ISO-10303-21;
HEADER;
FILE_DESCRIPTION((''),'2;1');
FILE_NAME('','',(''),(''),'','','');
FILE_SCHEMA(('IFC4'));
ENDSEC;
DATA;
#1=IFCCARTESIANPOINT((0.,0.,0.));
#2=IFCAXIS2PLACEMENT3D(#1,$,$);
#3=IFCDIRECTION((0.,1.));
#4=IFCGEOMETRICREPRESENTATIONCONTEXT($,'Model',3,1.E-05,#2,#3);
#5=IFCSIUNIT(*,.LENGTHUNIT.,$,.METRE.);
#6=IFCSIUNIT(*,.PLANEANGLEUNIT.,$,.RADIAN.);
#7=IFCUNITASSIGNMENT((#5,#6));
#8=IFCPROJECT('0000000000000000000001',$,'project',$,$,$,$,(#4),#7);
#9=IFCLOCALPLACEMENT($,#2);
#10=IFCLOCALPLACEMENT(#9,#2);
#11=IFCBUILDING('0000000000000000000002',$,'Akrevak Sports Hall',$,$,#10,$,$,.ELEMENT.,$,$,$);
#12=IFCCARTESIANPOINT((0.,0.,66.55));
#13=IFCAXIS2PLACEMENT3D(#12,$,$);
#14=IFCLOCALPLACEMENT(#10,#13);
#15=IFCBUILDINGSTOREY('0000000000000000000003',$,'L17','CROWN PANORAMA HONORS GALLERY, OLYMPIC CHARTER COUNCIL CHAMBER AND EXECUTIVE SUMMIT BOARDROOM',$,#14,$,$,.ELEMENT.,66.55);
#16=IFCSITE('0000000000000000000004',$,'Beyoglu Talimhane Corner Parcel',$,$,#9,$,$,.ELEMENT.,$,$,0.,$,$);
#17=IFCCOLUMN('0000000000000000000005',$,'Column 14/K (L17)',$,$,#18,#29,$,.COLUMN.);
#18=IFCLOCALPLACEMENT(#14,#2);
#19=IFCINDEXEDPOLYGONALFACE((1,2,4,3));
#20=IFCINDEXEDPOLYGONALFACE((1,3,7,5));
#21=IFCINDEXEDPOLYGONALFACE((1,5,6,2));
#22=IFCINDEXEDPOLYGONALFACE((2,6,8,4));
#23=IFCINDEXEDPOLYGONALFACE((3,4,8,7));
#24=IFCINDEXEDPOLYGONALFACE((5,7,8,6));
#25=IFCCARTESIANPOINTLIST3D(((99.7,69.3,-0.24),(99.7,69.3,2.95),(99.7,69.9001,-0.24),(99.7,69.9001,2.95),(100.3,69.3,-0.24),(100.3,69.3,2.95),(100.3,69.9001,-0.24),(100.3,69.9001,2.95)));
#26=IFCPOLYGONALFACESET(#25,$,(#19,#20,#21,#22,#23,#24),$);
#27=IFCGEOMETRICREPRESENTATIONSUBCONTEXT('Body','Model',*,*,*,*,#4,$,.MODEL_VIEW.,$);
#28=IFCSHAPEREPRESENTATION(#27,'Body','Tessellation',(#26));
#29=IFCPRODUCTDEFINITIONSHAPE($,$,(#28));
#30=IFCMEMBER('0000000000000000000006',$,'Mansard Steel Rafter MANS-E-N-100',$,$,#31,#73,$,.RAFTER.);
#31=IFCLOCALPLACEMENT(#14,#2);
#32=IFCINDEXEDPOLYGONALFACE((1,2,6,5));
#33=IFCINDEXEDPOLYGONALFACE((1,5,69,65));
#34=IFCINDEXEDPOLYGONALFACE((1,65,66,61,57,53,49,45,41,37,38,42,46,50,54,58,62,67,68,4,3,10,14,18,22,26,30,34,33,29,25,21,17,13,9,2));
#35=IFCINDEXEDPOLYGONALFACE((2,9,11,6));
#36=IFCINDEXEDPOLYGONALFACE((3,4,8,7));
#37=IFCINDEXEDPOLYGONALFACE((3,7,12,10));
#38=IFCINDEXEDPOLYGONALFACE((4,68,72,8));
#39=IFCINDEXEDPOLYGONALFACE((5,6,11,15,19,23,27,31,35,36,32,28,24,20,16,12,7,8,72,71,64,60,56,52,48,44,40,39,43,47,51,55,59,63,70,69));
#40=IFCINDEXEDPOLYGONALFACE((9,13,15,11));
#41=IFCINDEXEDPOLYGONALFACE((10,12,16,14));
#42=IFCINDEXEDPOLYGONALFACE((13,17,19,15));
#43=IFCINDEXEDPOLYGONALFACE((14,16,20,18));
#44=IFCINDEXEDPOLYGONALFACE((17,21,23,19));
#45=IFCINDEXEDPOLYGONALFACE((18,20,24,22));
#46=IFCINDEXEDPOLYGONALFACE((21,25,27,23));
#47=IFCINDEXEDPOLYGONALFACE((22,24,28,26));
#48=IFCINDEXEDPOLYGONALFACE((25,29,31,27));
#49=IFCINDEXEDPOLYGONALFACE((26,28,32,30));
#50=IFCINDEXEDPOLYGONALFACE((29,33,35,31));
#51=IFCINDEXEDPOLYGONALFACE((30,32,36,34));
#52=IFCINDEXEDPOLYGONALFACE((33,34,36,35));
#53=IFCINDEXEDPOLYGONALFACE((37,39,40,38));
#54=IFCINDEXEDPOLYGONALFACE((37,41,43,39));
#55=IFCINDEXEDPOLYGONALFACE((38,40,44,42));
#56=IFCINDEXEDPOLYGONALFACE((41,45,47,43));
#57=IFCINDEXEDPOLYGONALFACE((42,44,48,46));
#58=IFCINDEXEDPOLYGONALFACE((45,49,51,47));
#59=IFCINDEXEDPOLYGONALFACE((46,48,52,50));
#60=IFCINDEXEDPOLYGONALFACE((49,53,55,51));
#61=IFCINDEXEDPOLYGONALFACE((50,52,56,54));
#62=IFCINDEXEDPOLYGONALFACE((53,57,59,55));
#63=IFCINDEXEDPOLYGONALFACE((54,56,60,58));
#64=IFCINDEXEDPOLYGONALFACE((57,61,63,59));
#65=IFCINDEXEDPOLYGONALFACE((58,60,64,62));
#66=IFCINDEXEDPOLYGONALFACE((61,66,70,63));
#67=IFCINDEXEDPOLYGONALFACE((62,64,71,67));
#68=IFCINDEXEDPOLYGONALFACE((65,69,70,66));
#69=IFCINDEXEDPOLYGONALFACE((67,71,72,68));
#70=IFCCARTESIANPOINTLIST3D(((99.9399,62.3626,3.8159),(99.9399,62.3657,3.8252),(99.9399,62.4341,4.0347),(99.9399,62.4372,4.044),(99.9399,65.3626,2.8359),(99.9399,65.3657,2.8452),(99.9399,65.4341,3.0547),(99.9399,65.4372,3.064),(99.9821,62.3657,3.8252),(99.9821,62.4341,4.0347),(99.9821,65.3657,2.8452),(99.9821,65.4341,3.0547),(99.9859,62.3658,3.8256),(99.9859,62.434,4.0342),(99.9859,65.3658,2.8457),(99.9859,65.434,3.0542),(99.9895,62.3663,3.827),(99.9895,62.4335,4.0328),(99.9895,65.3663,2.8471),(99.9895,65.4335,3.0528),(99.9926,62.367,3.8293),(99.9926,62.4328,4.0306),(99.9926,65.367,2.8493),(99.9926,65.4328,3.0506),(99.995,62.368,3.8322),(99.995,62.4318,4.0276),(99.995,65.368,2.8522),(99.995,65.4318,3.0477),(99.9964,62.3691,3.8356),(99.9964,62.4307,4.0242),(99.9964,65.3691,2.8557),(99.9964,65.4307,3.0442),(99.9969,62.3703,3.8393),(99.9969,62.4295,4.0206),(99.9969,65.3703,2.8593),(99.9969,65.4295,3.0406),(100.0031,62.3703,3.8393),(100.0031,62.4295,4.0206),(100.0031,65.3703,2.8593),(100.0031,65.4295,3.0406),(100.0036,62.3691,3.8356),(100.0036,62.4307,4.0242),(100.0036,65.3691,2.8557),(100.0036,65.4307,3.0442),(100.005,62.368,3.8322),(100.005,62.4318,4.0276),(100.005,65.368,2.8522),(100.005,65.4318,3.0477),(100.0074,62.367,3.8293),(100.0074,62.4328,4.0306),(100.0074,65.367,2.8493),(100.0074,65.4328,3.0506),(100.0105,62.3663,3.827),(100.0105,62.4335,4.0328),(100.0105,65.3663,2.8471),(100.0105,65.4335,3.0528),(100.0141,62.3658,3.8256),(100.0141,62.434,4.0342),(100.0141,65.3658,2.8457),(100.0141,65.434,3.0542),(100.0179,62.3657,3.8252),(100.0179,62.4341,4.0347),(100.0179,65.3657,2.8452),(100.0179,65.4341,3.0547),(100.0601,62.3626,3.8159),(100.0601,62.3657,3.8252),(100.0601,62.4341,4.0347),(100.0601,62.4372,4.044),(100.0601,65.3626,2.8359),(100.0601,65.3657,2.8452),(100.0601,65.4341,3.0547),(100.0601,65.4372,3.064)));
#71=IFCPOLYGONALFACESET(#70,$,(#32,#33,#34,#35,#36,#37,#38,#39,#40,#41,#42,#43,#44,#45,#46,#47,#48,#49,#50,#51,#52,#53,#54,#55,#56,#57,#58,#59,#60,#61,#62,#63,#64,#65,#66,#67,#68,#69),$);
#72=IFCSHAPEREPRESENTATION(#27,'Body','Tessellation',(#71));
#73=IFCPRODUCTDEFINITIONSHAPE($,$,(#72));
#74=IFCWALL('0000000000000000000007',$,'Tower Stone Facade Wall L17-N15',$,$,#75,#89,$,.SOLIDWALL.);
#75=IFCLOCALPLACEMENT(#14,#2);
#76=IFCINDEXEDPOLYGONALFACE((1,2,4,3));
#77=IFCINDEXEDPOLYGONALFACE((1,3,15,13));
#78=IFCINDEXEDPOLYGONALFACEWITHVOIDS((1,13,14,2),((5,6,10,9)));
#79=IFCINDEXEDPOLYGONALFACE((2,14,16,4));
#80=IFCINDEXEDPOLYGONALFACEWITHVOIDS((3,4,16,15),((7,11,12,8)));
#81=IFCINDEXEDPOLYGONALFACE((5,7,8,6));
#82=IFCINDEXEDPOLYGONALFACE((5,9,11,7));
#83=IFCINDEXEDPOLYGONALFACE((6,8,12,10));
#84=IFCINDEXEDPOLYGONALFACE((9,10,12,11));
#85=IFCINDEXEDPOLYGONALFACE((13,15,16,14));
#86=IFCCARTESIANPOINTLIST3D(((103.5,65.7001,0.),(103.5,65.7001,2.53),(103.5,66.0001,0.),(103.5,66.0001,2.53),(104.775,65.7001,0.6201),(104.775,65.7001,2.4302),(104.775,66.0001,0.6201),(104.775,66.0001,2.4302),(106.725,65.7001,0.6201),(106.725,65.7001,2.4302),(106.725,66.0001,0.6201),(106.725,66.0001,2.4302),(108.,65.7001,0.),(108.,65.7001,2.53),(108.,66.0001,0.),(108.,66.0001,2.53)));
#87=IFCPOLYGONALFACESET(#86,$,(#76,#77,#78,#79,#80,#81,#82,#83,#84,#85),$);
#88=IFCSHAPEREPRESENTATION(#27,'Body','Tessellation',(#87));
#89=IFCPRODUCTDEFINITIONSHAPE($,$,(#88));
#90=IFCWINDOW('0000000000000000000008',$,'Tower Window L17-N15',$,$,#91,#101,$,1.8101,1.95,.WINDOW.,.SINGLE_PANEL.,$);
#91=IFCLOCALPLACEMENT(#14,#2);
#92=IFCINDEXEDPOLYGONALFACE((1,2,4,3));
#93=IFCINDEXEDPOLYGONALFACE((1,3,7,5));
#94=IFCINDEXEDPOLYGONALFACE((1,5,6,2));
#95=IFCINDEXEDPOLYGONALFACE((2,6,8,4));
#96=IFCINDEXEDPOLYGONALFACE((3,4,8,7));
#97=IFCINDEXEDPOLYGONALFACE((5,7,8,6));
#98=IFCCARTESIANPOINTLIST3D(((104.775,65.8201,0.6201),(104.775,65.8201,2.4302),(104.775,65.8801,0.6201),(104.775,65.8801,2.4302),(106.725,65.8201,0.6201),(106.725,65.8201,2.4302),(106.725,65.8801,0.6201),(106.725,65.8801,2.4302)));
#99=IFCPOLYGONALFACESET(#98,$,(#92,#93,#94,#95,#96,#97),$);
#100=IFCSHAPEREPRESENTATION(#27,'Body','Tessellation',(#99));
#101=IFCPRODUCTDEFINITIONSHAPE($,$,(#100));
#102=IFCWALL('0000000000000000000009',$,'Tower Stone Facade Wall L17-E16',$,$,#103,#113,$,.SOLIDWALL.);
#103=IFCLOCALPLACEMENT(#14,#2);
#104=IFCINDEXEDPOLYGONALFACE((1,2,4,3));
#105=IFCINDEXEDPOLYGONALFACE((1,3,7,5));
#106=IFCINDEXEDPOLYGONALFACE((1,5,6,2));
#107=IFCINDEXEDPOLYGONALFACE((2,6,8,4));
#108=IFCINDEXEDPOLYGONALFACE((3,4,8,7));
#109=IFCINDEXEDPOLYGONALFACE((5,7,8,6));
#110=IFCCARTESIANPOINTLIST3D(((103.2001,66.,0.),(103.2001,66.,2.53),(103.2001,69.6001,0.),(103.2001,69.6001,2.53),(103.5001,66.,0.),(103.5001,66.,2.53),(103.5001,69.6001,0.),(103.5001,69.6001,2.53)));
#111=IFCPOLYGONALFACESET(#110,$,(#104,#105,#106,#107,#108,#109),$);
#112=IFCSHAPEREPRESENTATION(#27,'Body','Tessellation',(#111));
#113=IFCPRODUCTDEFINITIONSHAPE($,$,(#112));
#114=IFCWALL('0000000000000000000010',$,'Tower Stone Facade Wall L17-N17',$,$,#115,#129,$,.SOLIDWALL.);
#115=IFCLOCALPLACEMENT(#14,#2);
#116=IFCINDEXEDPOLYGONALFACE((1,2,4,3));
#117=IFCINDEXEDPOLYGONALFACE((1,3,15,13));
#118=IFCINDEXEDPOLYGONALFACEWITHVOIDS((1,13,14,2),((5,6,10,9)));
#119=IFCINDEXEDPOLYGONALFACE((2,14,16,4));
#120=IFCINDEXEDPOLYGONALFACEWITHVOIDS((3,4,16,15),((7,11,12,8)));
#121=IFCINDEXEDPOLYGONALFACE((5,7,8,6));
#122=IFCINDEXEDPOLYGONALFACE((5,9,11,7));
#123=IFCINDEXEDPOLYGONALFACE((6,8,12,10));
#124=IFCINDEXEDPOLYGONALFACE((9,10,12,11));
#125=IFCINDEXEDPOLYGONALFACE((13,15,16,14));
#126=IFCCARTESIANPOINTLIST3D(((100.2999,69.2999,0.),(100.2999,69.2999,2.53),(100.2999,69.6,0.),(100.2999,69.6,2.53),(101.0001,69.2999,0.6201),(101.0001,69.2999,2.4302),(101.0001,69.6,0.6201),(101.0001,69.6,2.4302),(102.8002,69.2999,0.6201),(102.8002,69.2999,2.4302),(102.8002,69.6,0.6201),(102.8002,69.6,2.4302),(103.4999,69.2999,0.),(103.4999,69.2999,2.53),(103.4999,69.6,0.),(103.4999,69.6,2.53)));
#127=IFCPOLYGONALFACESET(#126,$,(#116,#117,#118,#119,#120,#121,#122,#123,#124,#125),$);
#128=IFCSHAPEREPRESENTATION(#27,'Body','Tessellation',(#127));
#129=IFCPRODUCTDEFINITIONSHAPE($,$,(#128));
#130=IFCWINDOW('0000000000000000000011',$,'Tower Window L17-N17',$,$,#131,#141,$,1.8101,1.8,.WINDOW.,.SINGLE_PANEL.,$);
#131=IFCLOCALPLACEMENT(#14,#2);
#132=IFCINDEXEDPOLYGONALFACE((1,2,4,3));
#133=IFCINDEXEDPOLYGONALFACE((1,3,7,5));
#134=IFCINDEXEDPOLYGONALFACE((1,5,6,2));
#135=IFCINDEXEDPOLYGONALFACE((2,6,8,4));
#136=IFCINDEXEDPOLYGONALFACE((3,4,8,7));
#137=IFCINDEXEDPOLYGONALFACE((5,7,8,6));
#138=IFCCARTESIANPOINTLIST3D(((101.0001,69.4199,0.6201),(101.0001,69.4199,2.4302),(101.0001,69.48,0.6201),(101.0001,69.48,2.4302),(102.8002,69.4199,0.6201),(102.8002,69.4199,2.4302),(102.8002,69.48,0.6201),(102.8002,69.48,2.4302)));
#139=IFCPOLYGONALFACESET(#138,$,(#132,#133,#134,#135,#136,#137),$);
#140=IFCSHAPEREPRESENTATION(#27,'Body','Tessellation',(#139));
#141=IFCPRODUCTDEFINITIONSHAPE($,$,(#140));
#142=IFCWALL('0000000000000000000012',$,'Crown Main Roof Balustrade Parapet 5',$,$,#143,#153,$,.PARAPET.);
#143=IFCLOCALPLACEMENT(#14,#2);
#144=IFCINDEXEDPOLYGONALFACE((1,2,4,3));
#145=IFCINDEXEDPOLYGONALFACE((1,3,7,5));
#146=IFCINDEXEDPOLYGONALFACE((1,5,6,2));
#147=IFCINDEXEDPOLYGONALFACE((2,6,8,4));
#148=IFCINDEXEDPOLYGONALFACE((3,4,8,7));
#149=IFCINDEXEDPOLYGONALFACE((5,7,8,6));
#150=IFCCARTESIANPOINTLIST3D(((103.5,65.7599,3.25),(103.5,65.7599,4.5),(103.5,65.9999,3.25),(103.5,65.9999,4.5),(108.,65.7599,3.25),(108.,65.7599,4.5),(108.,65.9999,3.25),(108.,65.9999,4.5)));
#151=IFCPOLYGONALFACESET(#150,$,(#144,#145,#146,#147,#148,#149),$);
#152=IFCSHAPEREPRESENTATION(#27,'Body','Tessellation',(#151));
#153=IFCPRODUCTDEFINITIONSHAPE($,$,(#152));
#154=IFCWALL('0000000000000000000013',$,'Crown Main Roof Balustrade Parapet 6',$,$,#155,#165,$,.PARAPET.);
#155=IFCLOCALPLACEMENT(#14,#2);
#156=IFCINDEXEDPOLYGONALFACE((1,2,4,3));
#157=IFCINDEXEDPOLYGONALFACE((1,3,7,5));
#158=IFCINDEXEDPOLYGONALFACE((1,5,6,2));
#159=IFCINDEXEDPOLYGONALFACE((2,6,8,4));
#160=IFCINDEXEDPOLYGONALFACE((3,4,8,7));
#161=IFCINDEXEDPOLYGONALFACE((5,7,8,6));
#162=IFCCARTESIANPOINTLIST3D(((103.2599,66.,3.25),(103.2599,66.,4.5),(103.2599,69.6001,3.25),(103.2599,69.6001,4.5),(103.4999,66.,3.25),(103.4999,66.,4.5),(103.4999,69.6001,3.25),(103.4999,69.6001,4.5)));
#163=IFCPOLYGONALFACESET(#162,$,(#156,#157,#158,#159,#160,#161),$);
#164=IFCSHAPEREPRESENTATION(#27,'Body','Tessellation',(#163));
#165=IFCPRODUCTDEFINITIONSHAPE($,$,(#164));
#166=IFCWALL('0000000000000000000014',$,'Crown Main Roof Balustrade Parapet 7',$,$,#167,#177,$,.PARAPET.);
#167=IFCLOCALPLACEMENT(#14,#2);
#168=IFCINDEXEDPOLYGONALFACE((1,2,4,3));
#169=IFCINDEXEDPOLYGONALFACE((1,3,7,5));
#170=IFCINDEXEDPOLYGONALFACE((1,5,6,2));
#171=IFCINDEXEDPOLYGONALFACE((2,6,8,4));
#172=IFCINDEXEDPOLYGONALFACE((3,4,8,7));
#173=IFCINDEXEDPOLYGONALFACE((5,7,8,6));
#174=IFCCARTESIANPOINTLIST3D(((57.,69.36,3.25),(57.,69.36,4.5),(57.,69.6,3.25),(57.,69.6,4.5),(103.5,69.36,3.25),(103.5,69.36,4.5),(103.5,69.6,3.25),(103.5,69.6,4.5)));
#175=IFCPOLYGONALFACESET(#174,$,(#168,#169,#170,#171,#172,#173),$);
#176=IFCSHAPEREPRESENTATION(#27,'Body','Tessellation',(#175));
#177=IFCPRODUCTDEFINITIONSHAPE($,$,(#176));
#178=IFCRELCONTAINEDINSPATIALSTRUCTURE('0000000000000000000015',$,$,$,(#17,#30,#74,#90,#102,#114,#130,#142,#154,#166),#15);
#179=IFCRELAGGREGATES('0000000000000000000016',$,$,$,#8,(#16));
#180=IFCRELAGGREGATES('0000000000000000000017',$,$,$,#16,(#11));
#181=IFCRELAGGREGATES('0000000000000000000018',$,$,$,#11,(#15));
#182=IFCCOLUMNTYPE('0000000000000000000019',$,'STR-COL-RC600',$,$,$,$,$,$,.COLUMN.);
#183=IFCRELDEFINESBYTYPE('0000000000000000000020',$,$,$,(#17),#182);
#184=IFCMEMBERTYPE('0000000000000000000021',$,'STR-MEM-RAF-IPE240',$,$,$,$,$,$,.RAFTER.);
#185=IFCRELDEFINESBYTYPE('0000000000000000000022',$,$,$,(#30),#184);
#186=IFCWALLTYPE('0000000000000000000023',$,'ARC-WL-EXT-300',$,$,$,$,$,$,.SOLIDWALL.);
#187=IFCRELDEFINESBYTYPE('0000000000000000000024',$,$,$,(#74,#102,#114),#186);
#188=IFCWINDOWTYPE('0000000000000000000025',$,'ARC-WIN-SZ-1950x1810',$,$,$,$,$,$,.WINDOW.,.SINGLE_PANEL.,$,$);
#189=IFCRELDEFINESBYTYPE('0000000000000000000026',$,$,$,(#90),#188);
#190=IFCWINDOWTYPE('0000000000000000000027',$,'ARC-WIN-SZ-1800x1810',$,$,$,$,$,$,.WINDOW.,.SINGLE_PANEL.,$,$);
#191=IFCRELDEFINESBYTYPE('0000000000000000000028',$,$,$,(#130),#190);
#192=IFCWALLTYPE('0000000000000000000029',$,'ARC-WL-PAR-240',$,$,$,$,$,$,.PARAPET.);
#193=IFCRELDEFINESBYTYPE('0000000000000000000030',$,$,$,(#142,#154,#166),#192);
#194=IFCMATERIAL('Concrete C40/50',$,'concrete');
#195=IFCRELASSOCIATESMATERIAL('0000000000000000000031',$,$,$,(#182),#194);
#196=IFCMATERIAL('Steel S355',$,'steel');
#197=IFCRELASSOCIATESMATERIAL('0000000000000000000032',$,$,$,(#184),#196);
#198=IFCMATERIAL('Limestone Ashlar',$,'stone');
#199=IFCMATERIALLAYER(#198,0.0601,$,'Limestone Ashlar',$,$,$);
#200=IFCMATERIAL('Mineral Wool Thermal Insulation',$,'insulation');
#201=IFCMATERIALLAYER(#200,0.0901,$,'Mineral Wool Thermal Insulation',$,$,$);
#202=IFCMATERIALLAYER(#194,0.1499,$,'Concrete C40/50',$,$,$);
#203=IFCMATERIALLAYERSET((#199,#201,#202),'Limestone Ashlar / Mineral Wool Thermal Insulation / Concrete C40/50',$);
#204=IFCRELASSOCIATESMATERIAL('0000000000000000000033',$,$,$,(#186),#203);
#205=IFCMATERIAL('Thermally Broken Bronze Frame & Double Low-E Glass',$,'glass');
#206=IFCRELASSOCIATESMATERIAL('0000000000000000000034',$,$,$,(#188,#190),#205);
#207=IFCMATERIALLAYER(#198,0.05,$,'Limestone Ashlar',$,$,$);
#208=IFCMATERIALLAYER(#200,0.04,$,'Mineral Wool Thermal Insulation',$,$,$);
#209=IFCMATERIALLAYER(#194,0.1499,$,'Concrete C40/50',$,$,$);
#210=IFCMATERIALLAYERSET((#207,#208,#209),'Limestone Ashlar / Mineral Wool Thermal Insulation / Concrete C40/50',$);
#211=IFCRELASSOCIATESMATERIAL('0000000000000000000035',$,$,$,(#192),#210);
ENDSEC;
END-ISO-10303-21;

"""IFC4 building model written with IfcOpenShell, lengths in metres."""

from ifc_helpers import new_model, si_unit, direction, frame, frame_2d, origin, origin_2d, place, context, subcontext, project, spatial, rectangle, i_section, extrude, material, layer, layer_set, material_profile, profile_set, type_object, element, fill, save


model = new_model("IFC4")

# Units and contexts
model_context = context("Model", 3, precision=1e-05, world=origin(), true_north=direction((0.0, 1.0)))
body_context = subcontext(model_context, "Body", "Model", "MODEL_VIEW")
ifc_project = project(units=[si_unit("LENGTHUNIT", "METRE"), si_unit("PLANEANGLEUNIT", "RADIAN")], contexts=[model_context])

# Site, building, storey
site_placement = place(None, origin())
site = spatial("IfcSite", under=ifc_project, at=site_placement, Name="Beyoglu Talimhane Corner Parcel", CompositionType="ELEMENT", RefElevation=0.0)
building_placement = place(site_placement, origin())
building = spatial("IfcBuilding", under=site, at=building_placement, Name="Akrevak Sports Hall", CompositionType="ELEMENT")
storey_placement = place(building_placement, frame((0.0, 0.0, 66.55)))
storey = spatial("IfcBuildingStorey", under=building, at=storey_placement, Name="L17", Description="CROWN PANORAMA HONORS GALLERY, OLYMPIC CHARTER COUNCIL CHAMBER AND EXECUTIVE SUMMIT BOARDROOM", CompositionType="ELEMENT", Elevation=66.55)

# Column
ifc_material_1 = material(Name="Concrete C40/50", Category="concrete")
ifc_material_profile_1 = material_profile(ifc_material_1, rectangle(XDim=0.6001, YDim=0.6001, at=origin_2d()), Name="RC 600x600", Category="concrete")
ifc_profile_set_1 = profile_set([ifc_material_profile_1], Name="Concrete C40/50")
column_type = type_object("IfcColumnType", Name="STR-COL-RC600", PredefinedType="COLUMN", material=ifc_profile_set_1)
column_placement = place(storey_placement, frame((100.0, 69.6001, -0.24), z_axis=(0.0, 0.0, 1.0), x_axis=(1.0, 0.0, 0.0)))
element("IfcColumn", 1, at=column_placement, inside=storey, type_object=column_type, Name="Column 14/K (L17)", PredefinedType="COLUMN", context=body_context, shape_type="SweptSolid", body=[
    extrude(rectangle(XDim=0.6001, YDim=0.6001, at=origin_2d()), origin(), (0.0, 0.0, 1.0), 3.1899),
])

# Member
ifc_material_2 = material(Name="Steel S355", Category="steel")
ifc_material_profile_2 = material_profile(ifc_material_2, i_section(OverallWidth=0.1201, OverallDepth=0.24, WebThickness=0.0061, FlangeThickness=0.0098, FilletRadius=0.0149, at=origin_2d()), Name="IPE 240", Category="steel")
ifc_profile_set_2 = profile_set([ifc_material_profile_2], Name="Steel S355")
member_type = type_object("IfcMemberType", Name="STR-MEM-RAF-IPE240", PredefinedType="RAFTER", material=ifc_profile_set_2)
member_placement = place(storey_placement, frame((100.0, 65.3999, 2.95), z_axis=(0.0, -0.950569, 0.310513), x_axis=(1.0, 0.0, 0.0)))
element("IfcMember", 2, at=member_placement, inside=storey, type_object=member_type, Name="Mansard Steel Rafter MANS-E-N-100", PredefinedType="RAFTER", context=body_context, shape_type="SweptSolid", body=[
    extrude(i_section(OverallWidth=0.1201, OverallDepth=0.24, WebThickness=0.0061, FlangeThickness=0.0098, FilletRadius=0.0149, at=origin_2d()), origin(), (0.0, 0.0, 1.0), 3.156),
])

# Wall, opening, window
ifc_material_3 = material(Name="Limestone Ashlar", Category="stone")
ifc_layer_1 = layer(ifc_material_3, 0.0601, Name="Limestone Ashlar")
ifc_material_4 = material(Name="Mineral Wool Thermal Insulation", Category="insulation")
ifc_layer_2 = layer(ifc_material_4, 0.0901, Name="Mineral Wool Thermal Insulation")
ifc_layer_3 = layer(ifc_material_1, 0.1499, Name="Concrete C40/50")
ifc_layer_set_1 = layer_set([ifc_layer_1, ifc_layer_2, ifc_layer_3], Name="Limestone Ashlar / Mineral Wool Thermal Insulation / Concrete C40/50")
wall_type_1 = type_object("IfcWallType", Name="ARC-WL-EXT-300", PredefinedType="SOLIDWALL", material=ifc_layer_set_1)
wall_1_placement = place(storey_placement, frame((108.0, 65.8501, 0.0), z_axis=(0.0, 0.0, 1.0), x_axis=(-1.0, 0.0, 0.0)))
wall_1 = element("IfcWall", 3, at=wall_1_placement, inside=storey, type_object=wall_type_1, Name="Tower Stone Facade Wall L17-N15", PredefinedType="SOLIDWALL", context=body_context, shape_type="SweptSolid", body=[
    extrude(rectangle(XDim=4.5, YDim=0.3, at=frame_2d((2.25, 0.0))), origin(), (0.0, 0.0, 1.0), 2.53),
])
opening_1_placement = place(wall_1_placement, frame((1.2749, 0.0, 0.6201)))
opening_1 = element("IfcOpeningElement", 4, at=opening_1_placement, cuts=wall_1, PredefinedType="OPENING", context=body_context, shape_type="SweptSolid", body=[
    extrude(rectangle(XDim=1.95, YDim=1.8101, at=frame_2d((0.9751, 0.905))), frame((0.0, 0.1621, 0.0), z_axis=(0.0, -1.0, 0.0), x_axis=(1.0, 0.0, 0.0)), (0.0, 0.0, 1.0), 0.324),
])
ifc_material_5 = material(Name="Thermally Broken Bronze Frame & Double Low-E Glass", Category="glass")
window_type_1 = type_object("IfcWindowType", Name="ARC-WIN-SZ-1950x1810", PartitioningType="SINGLE_PANEL", PredefinedType="WINDOW", material=ifc_material_5)
window_1_placement = place(opening_1_placement, origin())
window_1 = element("IfcWindow", 5, at=window_1_placement, inside=storey, type_object=window_type_1, Name="Tower Window L17-N15", OverallHeight=1.8101, OverallWidth=1.95, PartitioningType="SINGLE_PANEL", PredefinedType="WINDOW", context=body_context, shape_type="SweptSolid", body=[
    extrude(rectangle(XDim=1.95, YDim=1.8101, at=frame_2d((0.9751, 0.905))), frame((0.0, 0.03, 0.0), z_axis=(0.0, -1.0, 0.0), x_axis=(1.0, 0.0, 0.0)), (0.0, 0.0, 1.0), 0.0601),
])
fill(opening_1, window_1)

# Wall
wall_2_placement = place(storey_placement, frame((103.3501, 66.0, 0.0), z_axis=(0.0, 0.0, 1.0), x_axis=(0.0, 1.0, 0.0)))
element("IfcWall", 6, at=wall_2_placement, inside=storey, type_object=wall_type_1, Name="Tower Stone Facade Wall L17-E16", PredefinedType="SOLIDWALL", context=body_context, shape_type="SweptSolid", body=[
    extrude(rectangle(XDim=3.6001, YDim=0.3, at=frame_2d((1.8, 0.0))), origin(), (0.0, 0.0, 1.0), 2.53),
])

# Wall, opening, window
wall_3_placement = place(storey_placement, frame((103.5, 69.45, 0.0), z_axis=(0.0, 0.0, 1.0), x_axis=(-1.0, 0.0, 0.0)))
wall_3 = element("IfcWall", 7, at=wall_3_placement, inside=storey, type_object=wall_type_1, Name="Tower Stone Facade Wall L17-N17", PredefinedType="SOLIDWALL", context=body_context, shape_type="SweptSolid", body=[
    extrude(rectangle(XDim=3.2, YDim=0.3, at=frame_2d((1.6001, 0.0))), origin(), (0.0, 0.0, 1.0), 2.53),
])
opening_2_placement = place(wall_3_placement, frame((0.7, 0.0, 0.6201)))
opening_2 = element("IfcOpeningElement", 8, at=opening_2_placement, cuts=wall_3, PredefinedType="OPENING", context=body_context, shape_type="SweptSolid", body=[
    extrude(rectangle(XDim=1.8, YDim=1.8101, at=frame_2d((0.8999, 0.905))), frame((0.0, 0.1621, 0.0), z_axis=(0.0, -1.0, 0.0), x_axis=(1.0, 0.0, 0.0)), (0.0, 0.0, 1.0), 0.324),
])
window_type_2 = type_object("IfcWindowType", Name="ARC-WIN-SZ-1800x1810", PartitioningType="SINGLE_PANEL", PredefinedType="WINDOW", material=ifc_material_5)
window_2_placement = place(opening_2_placement, origin())
window_2 = element("IfcWindow", 9, at=window_2_placement, inside=storey, type_object=window_type_2, Name="Tower Window L17-N17", OverallHeight=1.8101, OverallWidth=1.8, PartitioningType="SINGLE_PANEL", PredefinedType="WINDOW", context=body_context, shape_type="SweptSolid", body=[
    extrude(rectangle(XDim=1.8, YDim=1.8101, at=frame_2d((0.8999, 0.905))), frame((0.0, 0.03, 0.0), z_axis=(0.0, -1.0, 0.0), x_axis=(1.0, 0.0, 0.0)), (0.0, 0.0, 1.0), 0.0601),
])
fill(opening_2, window_2)

# Walls
ifc_layer_4 = layer(ifc_material_3, 0.05, Name="Limestone Ashlar")
ifc_layer_5 = layer(ifc_material_4, 0.04, Name="Mineral Wool Thermal Insulation")
ifc_layer_6 = layer(ifc_material_1, 0.1499, Name="Concrete C40/50")
ifc_layer_set_2 = layer_set([ifc_layer_4, ifc_layer_5, ifc_layer_6], Name="Limestone Ashlar / Mineral Wool Thermal Insulation / Concrete C40/50")
wall_type_2 = type_object("IfcWallType", Name="ARC-WL-PAR-240", PredefinedType="PARAPET", material=ifc_layer_set_2)
wall_4_placement = place(storey_placement, frame((108.0, 65.8799, 3.25), z_axis=(0.0, 0.0, 1.0), x_axis=(-1.0, 0.0, 0.0)))
element("IfcWall", 10, at=wall_4_placement, inside=storey, type_object=wall_type_2, Name="Crown Main Roof Balustrade Parapet 5", PredefinedType="PARAPET", context=body_context, shape_type="SweptSolid", body=[
    extrude(rectangle(XDim=4.5, YDim=0.24, at=frame_2d((2.25, 0.0))), origin(), (0.0, 0.0, 1.0), 1.25),
])
wall_5_placement = place(storey_placement, frame((103.3799, 66.0, 3.25), z_axis=(0.0, 0.0, 1.0), x_axis=(0.0, 1.0, 0.0)))
element("IfcWall", 11, at=wall_5_placement, inside=storey, type_object=wall_type_2, Name="Crown Main Roof Balustrade Parapet 6", PredefinedType="PARAPET", context=body_context, shape_type="SweptSolid", body=[
    extrude(rectangle(XDim=3.6001, YDim=0.24, at=frame_2d((1.8, 0.0))), origin(), (0.0, 0.0, 1.0), 1.25),
])
wall_6_placement = place(storey_placement, frame((103.5, 69.48, 3.25), z_axis=(0.0, 0.0, 1.0), x_axis=(-1.0, 0.0, 0.0)))
element("IfcWall", 12, at=wall_6_placement, inside=storey, type_object=wall_type_2, Name="Crown Main Roof Balustrade Parapet 7", PredefinedType="PARAPET", context=body_context, shape_type="SweptSolid", body=[
    extrude(rectangle(XDim=46.5, YDim=0.24, at=frame_2d((23.25, 0.0))), origin(), (0.0, 0.0, 1.0), 1.25),
])

save(model, "model.ifc")
